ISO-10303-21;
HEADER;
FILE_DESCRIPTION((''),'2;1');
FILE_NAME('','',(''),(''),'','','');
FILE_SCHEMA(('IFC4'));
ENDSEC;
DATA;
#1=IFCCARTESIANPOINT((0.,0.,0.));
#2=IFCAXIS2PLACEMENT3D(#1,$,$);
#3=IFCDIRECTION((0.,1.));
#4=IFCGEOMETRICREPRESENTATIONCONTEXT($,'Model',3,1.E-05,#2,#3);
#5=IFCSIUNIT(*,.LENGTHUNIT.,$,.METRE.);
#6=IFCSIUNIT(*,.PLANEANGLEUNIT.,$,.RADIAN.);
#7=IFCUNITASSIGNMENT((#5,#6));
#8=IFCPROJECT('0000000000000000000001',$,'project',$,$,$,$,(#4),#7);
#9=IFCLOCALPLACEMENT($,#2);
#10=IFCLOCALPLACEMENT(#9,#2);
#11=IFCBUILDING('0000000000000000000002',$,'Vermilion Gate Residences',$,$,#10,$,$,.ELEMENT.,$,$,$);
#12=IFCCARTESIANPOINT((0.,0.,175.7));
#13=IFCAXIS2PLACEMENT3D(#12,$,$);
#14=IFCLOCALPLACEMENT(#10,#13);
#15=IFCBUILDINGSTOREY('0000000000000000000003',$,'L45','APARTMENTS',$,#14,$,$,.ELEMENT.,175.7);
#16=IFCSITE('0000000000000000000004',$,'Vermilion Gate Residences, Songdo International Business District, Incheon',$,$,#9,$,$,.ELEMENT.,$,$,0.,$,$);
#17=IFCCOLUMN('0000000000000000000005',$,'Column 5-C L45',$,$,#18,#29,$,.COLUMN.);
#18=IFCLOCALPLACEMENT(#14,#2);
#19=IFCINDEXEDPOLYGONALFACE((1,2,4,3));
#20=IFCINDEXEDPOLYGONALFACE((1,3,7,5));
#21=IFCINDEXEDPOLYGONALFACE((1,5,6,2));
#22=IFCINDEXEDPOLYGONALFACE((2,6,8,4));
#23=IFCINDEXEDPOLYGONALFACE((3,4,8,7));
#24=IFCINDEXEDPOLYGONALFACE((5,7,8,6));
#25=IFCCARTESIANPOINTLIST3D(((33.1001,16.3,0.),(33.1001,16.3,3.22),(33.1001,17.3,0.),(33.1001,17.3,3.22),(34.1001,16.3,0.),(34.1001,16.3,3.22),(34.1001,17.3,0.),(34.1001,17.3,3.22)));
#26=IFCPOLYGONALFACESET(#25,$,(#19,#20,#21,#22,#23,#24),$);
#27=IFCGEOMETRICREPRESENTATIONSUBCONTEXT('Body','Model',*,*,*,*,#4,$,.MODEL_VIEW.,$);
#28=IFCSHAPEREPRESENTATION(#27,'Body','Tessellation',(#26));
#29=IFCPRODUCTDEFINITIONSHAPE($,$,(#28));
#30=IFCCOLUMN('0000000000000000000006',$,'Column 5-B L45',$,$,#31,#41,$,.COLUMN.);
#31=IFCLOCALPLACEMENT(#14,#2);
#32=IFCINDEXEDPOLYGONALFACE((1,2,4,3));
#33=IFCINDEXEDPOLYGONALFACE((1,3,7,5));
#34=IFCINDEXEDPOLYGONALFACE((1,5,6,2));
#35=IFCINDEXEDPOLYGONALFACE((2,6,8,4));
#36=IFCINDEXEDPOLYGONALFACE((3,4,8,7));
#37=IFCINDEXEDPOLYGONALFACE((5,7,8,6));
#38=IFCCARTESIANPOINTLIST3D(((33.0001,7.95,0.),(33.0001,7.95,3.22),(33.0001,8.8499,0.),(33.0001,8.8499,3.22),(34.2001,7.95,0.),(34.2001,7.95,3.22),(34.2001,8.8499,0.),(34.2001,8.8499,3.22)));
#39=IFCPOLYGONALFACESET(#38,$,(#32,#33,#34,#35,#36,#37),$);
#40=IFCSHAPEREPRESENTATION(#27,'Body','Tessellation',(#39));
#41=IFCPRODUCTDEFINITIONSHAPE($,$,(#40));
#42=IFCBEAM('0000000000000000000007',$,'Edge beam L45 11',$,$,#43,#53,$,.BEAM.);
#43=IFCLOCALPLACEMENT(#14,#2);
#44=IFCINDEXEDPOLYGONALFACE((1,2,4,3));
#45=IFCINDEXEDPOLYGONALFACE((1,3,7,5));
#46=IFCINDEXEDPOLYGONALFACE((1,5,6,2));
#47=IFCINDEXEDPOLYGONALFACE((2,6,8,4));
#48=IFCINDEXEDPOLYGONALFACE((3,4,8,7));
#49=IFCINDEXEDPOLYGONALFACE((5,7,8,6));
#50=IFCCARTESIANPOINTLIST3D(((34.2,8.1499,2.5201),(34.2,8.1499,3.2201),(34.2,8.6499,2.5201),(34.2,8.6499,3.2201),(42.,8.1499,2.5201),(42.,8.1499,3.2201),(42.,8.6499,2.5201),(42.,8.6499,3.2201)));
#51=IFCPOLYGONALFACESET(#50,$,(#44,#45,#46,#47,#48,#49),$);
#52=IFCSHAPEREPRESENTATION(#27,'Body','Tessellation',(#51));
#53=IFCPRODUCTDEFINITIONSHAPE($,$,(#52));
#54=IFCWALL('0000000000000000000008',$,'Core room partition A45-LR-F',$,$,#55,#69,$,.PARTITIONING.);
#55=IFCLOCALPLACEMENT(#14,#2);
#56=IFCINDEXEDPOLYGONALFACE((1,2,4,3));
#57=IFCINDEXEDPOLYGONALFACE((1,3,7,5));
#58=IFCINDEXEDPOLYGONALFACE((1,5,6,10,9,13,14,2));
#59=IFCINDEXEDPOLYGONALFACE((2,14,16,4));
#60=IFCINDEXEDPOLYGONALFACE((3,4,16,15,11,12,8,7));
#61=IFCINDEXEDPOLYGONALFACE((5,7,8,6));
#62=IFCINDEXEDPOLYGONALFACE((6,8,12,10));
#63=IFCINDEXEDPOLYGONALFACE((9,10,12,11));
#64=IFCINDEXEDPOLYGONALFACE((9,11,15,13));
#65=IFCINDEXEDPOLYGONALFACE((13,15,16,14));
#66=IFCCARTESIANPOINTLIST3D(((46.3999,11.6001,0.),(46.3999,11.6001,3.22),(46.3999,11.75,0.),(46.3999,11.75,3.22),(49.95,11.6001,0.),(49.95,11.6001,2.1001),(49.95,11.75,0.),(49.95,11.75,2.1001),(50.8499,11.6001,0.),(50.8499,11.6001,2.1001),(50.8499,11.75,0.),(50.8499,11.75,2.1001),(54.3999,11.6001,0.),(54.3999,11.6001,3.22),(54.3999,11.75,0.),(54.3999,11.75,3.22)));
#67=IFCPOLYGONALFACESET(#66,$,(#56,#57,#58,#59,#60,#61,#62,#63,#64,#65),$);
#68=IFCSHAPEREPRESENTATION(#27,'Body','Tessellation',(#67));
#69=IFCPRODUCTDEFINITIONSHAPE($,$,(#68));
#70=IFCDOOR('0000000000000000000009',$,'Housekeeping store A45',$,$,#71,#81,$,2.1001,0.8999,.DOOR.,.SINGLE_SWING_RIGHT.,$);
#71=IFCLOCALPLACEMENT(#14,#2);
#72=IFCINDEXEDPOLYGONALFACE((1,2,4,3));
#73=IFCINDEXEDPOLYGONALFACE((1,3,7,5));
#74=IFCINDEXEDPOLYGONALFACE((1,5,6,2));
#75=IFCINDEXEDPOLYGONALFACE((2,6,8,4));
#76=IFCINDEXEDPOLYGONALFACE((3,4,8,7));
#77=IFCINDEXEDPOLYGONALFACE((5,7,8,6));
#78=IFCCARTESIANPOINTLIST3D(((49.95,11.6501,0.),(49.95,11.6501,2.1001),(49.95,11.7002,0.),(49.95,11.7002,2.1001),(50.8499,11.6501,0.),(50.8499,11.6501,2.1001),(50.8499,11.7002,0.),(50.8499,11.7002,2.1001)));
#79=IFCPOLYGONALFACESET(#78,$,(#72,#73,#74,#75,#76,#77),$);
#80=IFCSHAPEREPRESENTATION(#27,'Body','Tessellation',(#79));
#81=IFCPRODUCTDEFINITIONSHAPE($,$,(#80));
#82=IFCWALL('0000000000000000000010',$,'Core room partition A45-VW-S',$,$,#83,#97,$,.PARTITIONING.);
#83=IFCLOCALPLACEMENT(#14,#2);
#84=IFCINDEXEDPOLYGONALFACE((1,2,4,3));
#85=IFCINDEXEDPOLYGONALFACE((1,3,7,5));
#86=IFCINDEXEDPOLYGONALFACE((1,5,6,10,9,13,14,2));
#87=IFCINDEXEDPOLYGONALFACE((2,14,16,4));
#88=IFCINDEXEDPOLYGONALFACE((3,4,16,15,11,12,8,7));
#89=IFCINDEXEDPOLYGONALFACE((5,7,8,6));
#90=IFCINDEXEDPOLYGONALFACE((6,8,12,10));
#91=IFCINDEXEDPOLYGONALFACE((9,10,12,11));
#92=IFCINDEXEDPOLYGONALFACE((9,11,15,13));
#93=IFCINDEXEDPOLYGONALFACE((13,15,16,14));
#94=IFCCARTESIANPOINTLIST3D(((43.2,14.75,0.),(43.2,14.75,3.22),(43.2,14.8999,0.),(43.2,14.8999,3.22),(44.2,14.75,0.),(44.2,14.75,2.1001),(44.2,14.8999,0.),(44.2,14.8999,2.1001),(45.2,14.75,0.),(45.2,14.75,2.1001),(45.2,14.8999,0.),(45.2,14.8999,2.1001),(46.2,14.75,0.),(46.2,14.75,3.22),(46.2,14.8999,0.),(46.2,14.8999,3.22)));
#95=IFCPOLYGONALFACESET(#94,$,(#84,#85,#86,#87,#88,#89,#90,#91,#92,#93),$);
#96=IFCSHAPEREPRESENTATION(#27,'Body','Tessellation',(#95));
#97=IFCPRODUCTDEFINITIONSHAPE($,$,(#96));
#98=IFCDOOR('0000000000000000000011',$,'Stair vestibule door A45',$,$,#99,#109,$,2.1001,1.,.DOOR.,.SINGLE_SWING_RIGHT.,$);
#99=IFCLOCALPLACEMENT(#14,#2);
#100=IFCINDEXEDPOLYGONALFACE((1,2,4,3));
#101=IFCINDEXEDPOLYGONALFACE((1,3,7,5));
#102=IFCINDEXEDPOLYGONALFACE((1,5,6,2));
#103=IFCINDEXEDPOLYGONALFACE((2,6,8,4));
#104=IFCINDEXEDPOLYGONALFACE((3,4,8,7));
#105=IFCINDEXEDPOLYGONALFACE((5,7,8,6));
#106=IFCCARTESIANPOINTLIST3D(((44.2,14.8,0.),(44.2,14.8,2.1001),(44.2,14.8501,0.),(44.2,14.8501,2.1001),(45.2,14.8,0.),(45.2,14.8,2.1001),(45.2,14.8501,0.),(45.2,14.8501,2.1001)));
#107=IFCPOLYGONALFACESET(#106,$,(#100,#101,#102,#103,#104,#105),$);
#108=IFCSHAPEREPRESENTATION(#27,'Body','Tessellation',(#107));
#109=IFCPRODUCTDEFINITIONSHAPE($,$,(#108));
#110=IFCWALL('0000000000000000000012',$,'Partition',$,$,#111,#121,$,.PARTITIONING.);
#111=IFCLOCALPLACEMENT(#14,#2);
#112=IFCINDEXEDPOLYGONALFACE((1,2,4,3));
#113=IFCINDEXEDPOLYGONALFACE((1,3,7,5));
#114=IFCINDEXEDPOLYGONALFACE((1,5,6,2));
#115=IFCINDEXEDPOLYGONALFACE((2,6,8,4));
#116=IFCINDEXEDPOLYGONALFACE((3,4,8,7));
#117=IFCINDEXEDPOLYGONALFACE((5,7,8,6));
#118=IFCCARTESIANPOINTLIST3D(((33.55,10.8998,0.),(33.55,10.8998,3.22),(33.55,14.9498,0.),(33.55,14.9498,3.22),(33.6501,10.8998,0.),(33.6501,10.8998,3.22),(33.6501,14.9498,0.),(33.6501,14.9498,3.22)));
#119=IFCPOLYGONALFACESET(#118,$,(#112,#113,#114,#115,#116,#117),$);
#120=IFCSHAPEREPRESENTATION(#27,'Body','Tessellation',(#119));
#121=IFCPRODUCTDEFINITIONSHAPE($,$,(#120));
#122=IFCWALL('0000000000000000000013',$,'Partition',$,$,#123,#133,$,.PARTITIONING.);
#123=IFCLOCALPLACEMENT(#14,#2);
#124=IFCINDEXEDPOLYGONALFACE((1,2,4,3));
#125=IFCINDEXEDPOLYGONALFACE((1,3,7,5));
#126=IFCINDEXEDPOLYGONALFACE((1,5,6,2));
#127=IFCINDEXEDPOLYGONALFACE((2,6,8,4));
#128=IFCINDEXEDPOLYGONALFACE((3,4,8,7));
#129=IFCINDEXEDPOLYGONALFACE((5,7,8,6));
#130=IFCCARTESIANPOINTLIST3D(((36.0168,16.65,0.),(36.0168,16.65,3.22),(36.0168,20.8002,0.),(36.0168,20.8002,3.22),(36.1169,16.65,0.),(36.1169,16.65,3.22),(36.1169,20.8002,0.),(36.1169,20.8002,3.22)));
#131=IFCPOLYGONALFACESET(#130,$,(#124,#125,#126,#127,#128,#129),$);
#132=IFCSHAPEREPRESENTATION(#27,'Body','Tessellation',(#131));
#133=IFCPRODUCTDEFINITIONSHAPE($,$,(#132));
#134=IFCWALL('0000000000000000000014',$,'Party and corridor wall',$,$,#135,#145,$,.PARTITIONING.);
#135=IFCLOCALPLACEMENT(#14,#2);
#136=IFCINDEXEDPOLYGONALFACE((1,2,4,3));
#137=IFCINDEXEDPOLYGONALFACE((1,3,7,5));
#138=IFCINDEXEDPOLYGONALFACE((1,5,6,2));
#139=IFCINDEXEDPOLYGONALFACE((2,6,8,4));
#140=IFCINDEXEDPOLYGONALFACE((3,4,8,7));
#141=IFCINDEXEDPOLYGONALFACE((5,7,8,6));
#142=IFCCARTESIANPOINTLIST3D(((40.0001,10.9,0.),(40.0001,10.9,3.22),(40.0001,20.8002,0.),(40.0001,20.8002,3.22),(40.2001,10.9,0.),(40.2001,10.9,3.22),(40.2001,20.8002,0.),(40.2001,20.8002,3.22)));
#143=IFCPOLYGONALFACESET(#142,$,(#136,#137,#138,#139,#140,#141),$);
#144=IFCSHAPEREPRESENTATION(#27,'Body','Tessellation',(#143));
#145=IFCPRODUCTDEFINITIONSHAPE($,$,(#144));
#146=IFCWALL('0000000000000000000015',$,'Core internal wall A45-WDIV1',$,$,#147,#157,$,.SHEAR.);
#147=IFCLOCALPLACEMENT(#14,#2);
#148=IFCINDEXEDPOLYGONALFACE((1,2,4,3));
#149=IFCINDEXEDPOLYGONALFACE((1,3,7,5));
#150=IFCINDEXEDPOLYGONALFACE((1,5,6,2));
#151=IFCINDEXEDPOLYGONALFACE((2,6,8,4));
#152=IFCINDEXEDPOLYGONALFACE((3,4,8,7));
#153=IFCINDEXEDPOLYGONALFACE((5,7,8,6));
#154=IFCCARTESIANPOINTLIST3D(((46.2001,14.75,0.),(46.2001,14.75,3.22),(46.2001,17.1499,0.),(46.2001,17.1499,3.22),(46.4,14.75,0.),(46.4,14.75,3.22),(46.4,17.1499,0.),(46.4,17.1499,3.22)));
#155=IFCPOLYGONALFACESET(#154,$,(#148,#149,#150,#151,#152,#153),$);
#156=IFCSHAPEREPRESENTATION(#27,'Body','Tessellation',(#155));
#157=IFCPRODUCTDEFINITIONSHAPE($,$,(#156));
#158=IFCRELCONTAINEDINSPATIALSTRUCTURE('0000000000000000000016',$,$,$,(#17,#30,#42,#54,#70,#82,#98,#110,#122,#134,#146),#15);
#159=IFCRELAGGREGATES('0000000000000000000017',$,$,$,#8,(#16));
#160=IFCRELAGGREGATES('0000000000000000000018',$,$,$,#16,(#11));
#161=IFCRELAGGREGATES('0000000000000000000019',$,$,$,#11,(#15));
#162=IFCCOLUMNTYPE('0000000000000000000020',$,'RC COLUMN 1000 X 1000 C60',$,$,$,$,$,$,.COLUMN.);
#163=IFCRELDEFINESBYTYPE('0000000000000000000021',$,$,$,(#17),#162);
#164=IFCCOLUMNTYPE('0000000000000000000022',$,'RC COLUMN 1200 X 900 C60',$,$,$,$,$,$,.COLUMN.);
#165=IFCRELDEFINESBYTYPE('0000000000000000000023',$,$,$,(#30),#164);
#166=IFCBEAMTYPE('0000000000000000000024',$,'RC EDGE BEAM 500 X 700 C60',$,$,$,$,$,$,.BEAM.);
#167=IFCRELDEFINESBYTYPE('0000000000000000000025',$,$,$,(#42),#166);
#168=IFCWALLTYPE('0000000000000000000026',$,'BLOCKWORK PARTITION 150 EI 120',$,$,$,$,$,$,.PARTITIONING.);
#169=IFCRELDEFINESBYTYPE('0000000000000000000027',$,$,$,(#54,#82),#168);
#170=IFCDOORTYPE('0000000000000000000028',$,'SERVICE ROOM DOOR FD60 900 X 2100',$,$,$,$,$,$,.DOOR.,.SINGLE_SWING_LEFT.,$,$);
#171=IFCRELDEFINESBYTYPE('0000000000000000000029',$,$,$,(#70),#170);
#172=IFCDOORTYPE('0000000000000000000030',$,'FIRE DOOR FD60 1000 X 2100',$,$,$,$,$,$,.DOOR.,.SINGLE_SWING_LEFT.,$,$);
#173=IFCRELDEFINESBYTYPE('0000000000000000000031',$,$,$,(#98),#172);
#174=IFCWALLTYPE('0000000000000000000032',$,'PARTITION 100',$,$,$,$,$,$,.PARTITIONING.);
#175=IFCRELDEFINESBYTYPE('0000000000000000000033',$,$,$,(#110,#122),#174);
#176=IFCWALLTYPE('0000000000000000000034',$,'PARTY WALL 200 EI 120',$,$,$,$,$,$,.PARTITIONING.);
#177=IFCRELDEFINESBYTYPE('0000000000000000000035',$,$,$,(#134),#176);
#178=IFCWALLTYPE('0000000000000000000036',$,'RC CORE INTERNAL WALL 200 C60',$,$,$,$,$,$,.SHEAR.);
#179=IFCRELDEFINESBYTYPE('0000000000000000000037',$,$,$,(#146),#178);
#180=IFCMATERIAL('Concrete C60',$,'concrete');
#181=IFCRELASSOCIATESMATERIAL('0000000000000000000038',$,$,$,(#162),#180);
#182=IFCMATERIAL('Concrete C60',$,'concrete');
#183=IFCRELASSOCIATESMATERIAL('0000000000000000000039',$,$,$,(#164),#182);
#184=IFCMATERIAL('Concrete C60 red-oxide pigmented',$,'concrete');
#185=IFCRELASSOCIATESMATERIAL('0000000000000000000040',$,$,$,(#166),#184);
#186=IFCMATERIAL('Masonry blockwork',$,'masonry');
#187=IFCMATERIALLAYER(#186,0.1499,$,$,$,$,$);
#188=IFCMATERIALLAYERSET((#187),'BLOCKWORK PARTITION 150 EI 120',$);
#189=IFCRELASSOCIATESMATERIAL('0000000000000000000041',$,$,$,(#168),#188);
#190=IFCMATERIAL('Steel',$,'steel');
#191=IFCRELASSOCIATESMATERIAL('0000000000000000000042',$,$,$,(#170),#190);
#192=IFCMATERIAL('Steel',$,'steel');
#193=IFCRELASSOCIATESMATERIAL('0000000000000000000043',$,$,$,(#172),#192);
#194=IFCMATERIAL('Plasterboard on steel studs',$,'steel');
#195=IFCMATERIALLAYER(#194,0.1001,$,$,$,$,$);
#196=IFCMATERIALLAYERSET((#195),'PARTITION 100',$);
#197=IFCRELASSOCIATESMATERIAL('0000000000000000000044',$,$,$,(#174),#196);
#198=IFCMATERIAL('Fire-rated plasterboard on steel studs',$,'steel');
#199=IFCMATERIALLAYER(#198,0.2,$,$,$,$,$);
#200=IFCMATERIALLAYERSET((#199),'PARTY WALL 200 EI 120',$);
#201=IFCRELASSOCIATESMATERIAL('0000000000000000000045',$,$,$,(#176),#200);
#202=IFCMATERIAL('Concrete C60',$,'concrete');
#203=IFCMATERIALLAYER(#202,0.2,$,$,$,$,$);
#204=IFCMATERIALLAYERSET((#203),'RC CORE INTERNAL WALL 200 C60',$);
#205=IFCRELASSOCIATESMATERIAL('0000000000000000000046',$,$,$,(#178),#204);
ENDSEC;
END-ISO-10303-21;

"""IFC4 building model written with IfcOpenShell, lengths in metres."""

from ifc_helpers import new_model, si_unit, direction, frame, frame_2d, origin, origin_2d, place, context, subcontext, project, spatial, rectangle, extrude, material, layer, layer_set, material_profile, profile_set, type_object, element, fill, save


model = new_model("IFC4")

# Units and contexts
model_context = context("Model", 3, precision=1e-05, world=origin(), true_north=direction((0.0, 1.0)))
body_context = subcontext(model_context, "Body", "Model", "MODEL_VIEW")
ifc_project = project(units=[si_unit("LENGTHUNIT", "METRE"), si_unit("PLANEANGLEUNIT", "RADIAN")], contexts=[model_context])

# Site, building, storey
site_placement = place(None, origin())
site = spatial("IfcSite", under=ifc_project, at=site_placement, Name="Vermilion Gate Residences, Songdo International Business District, Incheon", CompositionType="ELEMENT", RefElevation=0.0)
building_placement = place(site_placement, origin())
building = spatial("IfcBuilding", under=site, at=building_placement, Name="Vermilion Gate Residences", CompositionType="ELEMENT")
storey_placement = place(building_placement, frame((0.0, 0.0, 175.7)))
storey = spatial("IfcBuildingStorey", under=building, at=storey_placement, Name="L45", Description="APARTMENTS", CompositionType="ELEMENT", Elevation=175.7)

# Columns
ifc_material_1 = material(Name="Concrete C60", Category="concrete")
ifc_material_profile_1 = material_profile(ifc_material_1, rectangle(XDim=1.0, YDim=1.0, at=origin_2d()), Name="RC-1000x1000")
ifc_profile_set_1 = profile_set([ifc_material_profile_1], Name="Concrete C60")
column_type_1 = type_object("IfcColumnType", Name="RC COLUMN 1000 X 1000 C60", PredefinedType="COLUMN", material=ifc_profile_set_1)
column_1_placement = place(storey_placement, frame((33.6001, 16.8, 0.0), z_axis=(0.0, 0.0, 1.0), x_axis=(1.0, 0.0, 0.0)))
element("IfcColumn", 1, at=column_1_placement, inside=storey, type_object=column_type_1, Name="Column 5-C L45", PredefinedType="COLUMN", context=body_context, shape_type="SweptSolid", body=[
    extrude(rectangle(XDim=1.0, YDim=1.0, at=origin_2d()), origin(), (0.0, 0.0, 1.0), 3.22),
])
ifc_material_2 = material(Name="Concrete C60", Category="concrete")
ifc_material_profile_2 = material_profile(ifc_material_2, rectangle(XDim=1.2, YDim=0.8999, at=origin_2d()), Name="RC-1200x900")
ifc_profile_set_2 = profile_set([ifc_material_profile_2], Name="Concrete C60")
column_type_2 = type_object("IfcColumnType", Name="RC COLUMN 1200 X 900 C60", PredefinedType="COLUMN", material=ifc_profile_set_2)
column_2_placement = place(storey_placement, frame((33.6001, 8.3999, 0.0), z_axis=(0.0, 0.0, 1.0), x_axis=(1.0, 0.0, 0.0)))
element("IfcColumn", 2, at=column_2_placement, inside=storey, type_object=column_type_2, Name="Column 5-B L45", PredefinedType="COLUMN", context=body_context, shape_type="SweptSolid", body=[
    extrude(rectangle(XDim=1.2, YDim=0.8999, at=origin_2d()), origin(), (0.0, 0.0, 1.0), 3.22),
])

# Beam
ifc_material_3 = material(Name="Concrete C60 red-oxide pigmented", Category="concrete")
ifc_material_profile_3 = material_profile(ifc_material_3, rectangle(XDim=0.5, YDim=0.7, at=origin_2d()), Name="RC-500x700")
ifc_profile_set_3 = profile_set([ifc_material_profile_3], Name="Concrete C60 red-oxide pigmented")
beam_type = type_object("IfcBeamType", Name="RC EDGE BEAM 500 X 700 C60", PredefinedType="BEAM", material=ifc_profile_set_3)
beam_placement = place(storey_placement, frame((34.2, 8.3999, 2.8701), z_axis=(1.0, 0.0, 0.0), x_axis=(0.0, 1.0, 0.0)))
element("IfcBeam", 3, at=beam_placement, inside=storey, type_object=beam_type, Name="Edge beam L45 11", PredefinedType="BEAM", context=body_context, shape_type="SweptSolid", body=[
    extrude(rectangle(XDim=0.5, YDim=0.7, at=origin_2d()), origin(), (0.0, 0.0, 1.0), 7.8),
])

# Walls, openings, doors
ifc_material_4 = material(Name="Masonry blockwork", Category="masonry")
ifc_layer_1 = layer(ifc_material_4, 0.1499)
ifc_layer_set_1 = layer_set([ifc_layer_1], Name="BLOCKWORK PARTITION 150 EI 120")
wall_type_1 = type_object("IfcWallType", Name="BLOCKWORK PARTITION 150 EI 120", PredefinedType="PARTITIONING", material=ifc_layer_set_1)
wall_1_placement = place(storey_placement, frame((46.3999, 11.675, 0.0), z_axis=(0.0, 0.0, 1.0), x_axis=(1.0, 0.0, 0.0)))
wall_1 = element("IfcWall", 4, at=wall_1_placement, inside=storey, type_object=wall_type_1, Name="Core room partition A45-LR-F", PredefinedType="PARTITIONING", context=body_context, shape_type="SweptSolid", body=[
    extrude(rectangle(XDim=8.0, YDim=0.1499, at=frame_2d((4.0, 0.0))), origin(), (0.0, 0.0, 1.0), 3.22),
])
opening_1_placement = place(wall_1_placement, frame((3.55, 0.0, 0.0)))
opening_1 = element("IfcOpeningElement", 5, at=opening_1_placement, cuts=wall_1, PredefinedType="OPENING", context=body_context, shape_type="SweptSolid", body=[
    extrude(rectangle(XDim=0.8999, YDim=2.1001, at=frame_2d((0.45, 1.05))), frame((0.0, 0.085, 0.0), z_axis=(0.0, -1.0, 0.0), x_axis=(1.0, 0.0, 0.0)), (0.0, 0.0, 1.0), 0.1699),
])
ifc_material_5 = material(Name="Steel", Category="steel")
door_type_1 = type_object("IfcDoorType", Name="SERVICE ROOM DOOR FD60 900 X 2100", OperationType="SINGLE_SWING_LEFT", PredefinedType="DOOR", material=ifc_material_5)
door_1_placement = place(opening_1_placement, frame((0.8999, 0.0, 0.0), z_axis=(0.0, 0.0, 1.0), x_axis=(-1.0, 0.0, 0.0)))
door_1 = element("IfcDoor", 6, at=door_1_placement, inside=storey, type_object=door_type_1, Name="Housekeeping store A45", OperationType="SINGLE_SWING_RIGHT", OverallHeight=2.1001, OverallWidth=0.8999, PredefinedType="DOOR", context=body_context, shape_type="SweptSolid", body=[
    extrude(rectangle(XDim=0.8999, YDim=2.1001, at=frame_2d((0.45, 1.05))), frame((0.0, 0.0249, 0.0), z_axis=(0.0, -1.0, 0.0), x_axis=(1.0, 0.0, 0.0)), (0.0, 0.0, 1.0), 0.05),
])
fill(opening_1, door_1)
wall_2_placement = place(storey_placement, frame((43.2, 14.825, 0.0), z_axis=(0.0, 0.0, 1.0), x_axis=(1.0, 0.0, 0.0)))
wall_2 = element("IfcWall", 7, at=wall_2_placement, inside=storey, type_object=wall_type_1, Name="Core room partition A45-VW-S", PredefinedType="PARTITIONING", context=body_context, shape_type="SweptSolid", body=[
    extrude(rectangle(XDim=3.0, YDim=0.1499, at=frame_2d((1.5, 0.0))), origin(), (0.0, 0.0, 1.0), 3.22),
])
opening_2_placement = place(wall_2_placement, frame((1.0, 0.0, 0.0)))
opening_2 = element("IfcOpeningElement", 8, at=opening_2_placement, cuts=wall_2, PredefinedType="OPENING", context=body_context, shape_type="SweptSolid", body=[
    extrude(rectangle(XDim=1.0, YDim=2.1001, at=frame_2d((0.5, 1.05))), frame((0.0, 0.085, 0.0), z_axis=(0.0, -1.0, 0.0), x_axis=(1.0, 0.0, 0.0)), (0.0, 0.0, 1.0), 0.1699),
])
ifc_material_6 = material(Name="Steel", Category="steel")
door_type_2 = type_object("IfcDoorType", Name="FIRE DOOR FD60 1000 X 2100", OperationType="SINGLE_SWING_LEFT", PredefinedType="DOOR", material=ifc_material_6)
door_2_placement = place(opening_2_placement, frame((1.0, 0.0, 0.0), z_axis=(0.0, 0.0, 1.0), x_axis=(-1.0, 0.0, 0.0)))
door_2 = element("IfcDoor", 9, at=door_2_placement, inside=storey, type_object=door_type_2, Name="Stair vestibule door A45", OperationType="SINGLE_SWING_RIGHT", OverallHeight=2.1001, OverallWidth=1.0, PredefinedType="DOOR", context=body_context, shape_type="SweptSolid", body=[
    extrude(rectangle(XDim=1.0, YDim=2.1001, at=frame_2d((0.5, 1.05))), frame((0.0, 0.0249, 0.0), z_axis=(0.0, -1.0, 0.0), x_axis=(1.0, 0.0, 0.0)), (0.0, 0.0, 1.0), 0.05),
])
fill(opening_2, door_2)

# Walls
ifc_material_7 = material(Name="Plasterboard on steel studs", Category="steel")
ifc_layer_2 = layer(ifc_material_7, 0.1001)
ifc_layer_set_2 = layer_set([ifc_layer_2], Name="PARTITION 100")
wall_type_2 = type_object("IfcWallType", Name="PARTITION 100", PredefinedType="PARTITIONING", material=ifc_layer_set_2)
wall_3_placement = place(storey_placement, frame((33.6001, 10.8999, 0.0), z_axis=(0.0, 0.0, 1.0), x_axis=(0.0, 1.0, 0.0)))
element("IfcWall", 10, at=wall_3_placement, inside=storey, type_object=wall_type_2, Name="Partition", PredefinedType="PARTITIONING", context=body_context, shape_type="SweptSolid", body=[
    extrude(rectangle(XDim=4.05, YDim=0.1001, at=frame_2d((2.0249, 0.0))), origin(), (0.0, 0.0, 1.0), 3.22),
])
wall_4_placement = place(storey_placement, frame((36.0669, 16.6499, 0.0), z_axis=(0.0, 0.0, 1.0), x_axis=(0.0, 1.0, 0.0)))
element("IfcWall", 11, at=wall_4_placement, inside=storey, type_object=wall_type_2, Name="Partition", PredefinedType="PARTITIONING", context=body_context, shape_type="SweptSolid", body=[
    extrude(rectangle(XDim=4.1501, YDim=0.1001, at=frame_2d((2.0752, 0.0))), origin(), (0.0, 0.0, 1.0), 3.22),
])
ifc_material_8 = material(Name="Fire-rated plasterboard on steel studs", Category="steel")
ifc_layer_3 = layer(ifc_material_8, 0.2)
ifc_layer_set_3 = layer_set([ifc_layer_3], Name="PARTY WALL 200 EI 120")
wall_type_3 = type_object("IfcWallType", Name="PARTY WALL 200 EI 120", PredefinedType="PARTITIONING", material=ifc_layer_set_3)
wall_5_placement = place(storey_placement, frame((40.1001, 10.8999, 0.0), z_axis=(0.0, 0.0, 1.0), x_axis=(0.0, 1.0, 0.0)))
element("IfcWall", 12, at=wall_5_placement, inside=storey, type_object=wall_type_3, Name="Party and corridor wall", PredefinedType="PARTITIONING", context=body_context, shape_type="SweptSolid", body=[
    extrude(rectangle(XDim=9.9001, YDim=0.2, at=frame_2d((4.9502, 0.0))), origin(), (0.0, 0.0, 1.0), 3.22),
])
ifc_material_9 = material(Name="Concrete C60", Category="concrete")
ifc_layer_4 = layer(ifc_material_9, 0.2)
ifc_layer_set_4 = layer_set([ifc_layer_4], Name="RC CORE INTERNAL WALL 200 C60")
wall_type_4 = type_object("IfcWallType", Name="RC CORE INTERNAL WALL 200 C60", PredefinedType="SHEAR", material=ifc_layer_set_4)
wall_6_placement = place(storey_placement, frame((46.3, 14.75, 0.0), z_axis=(0.0, 0.0, 1.0), x_axis=(0.0, 1.0, 0.0)))
element("IfcWall", 13, at=wall_6_placement, inside=storey, type_object=wall_type_4, Name="Core internal wall A45-WDIV1", PredefinedType="SHEAR", context=body_context, shape_type="SweptSolid", body=[
    extrude(rectangle(XDim=2.3999, YDim=0.2, at=frame_2d((1.2, 0.0))), origin(), (0.0, 0.0, 1.0), 3.22),
])

save(model, "model.ifc")
